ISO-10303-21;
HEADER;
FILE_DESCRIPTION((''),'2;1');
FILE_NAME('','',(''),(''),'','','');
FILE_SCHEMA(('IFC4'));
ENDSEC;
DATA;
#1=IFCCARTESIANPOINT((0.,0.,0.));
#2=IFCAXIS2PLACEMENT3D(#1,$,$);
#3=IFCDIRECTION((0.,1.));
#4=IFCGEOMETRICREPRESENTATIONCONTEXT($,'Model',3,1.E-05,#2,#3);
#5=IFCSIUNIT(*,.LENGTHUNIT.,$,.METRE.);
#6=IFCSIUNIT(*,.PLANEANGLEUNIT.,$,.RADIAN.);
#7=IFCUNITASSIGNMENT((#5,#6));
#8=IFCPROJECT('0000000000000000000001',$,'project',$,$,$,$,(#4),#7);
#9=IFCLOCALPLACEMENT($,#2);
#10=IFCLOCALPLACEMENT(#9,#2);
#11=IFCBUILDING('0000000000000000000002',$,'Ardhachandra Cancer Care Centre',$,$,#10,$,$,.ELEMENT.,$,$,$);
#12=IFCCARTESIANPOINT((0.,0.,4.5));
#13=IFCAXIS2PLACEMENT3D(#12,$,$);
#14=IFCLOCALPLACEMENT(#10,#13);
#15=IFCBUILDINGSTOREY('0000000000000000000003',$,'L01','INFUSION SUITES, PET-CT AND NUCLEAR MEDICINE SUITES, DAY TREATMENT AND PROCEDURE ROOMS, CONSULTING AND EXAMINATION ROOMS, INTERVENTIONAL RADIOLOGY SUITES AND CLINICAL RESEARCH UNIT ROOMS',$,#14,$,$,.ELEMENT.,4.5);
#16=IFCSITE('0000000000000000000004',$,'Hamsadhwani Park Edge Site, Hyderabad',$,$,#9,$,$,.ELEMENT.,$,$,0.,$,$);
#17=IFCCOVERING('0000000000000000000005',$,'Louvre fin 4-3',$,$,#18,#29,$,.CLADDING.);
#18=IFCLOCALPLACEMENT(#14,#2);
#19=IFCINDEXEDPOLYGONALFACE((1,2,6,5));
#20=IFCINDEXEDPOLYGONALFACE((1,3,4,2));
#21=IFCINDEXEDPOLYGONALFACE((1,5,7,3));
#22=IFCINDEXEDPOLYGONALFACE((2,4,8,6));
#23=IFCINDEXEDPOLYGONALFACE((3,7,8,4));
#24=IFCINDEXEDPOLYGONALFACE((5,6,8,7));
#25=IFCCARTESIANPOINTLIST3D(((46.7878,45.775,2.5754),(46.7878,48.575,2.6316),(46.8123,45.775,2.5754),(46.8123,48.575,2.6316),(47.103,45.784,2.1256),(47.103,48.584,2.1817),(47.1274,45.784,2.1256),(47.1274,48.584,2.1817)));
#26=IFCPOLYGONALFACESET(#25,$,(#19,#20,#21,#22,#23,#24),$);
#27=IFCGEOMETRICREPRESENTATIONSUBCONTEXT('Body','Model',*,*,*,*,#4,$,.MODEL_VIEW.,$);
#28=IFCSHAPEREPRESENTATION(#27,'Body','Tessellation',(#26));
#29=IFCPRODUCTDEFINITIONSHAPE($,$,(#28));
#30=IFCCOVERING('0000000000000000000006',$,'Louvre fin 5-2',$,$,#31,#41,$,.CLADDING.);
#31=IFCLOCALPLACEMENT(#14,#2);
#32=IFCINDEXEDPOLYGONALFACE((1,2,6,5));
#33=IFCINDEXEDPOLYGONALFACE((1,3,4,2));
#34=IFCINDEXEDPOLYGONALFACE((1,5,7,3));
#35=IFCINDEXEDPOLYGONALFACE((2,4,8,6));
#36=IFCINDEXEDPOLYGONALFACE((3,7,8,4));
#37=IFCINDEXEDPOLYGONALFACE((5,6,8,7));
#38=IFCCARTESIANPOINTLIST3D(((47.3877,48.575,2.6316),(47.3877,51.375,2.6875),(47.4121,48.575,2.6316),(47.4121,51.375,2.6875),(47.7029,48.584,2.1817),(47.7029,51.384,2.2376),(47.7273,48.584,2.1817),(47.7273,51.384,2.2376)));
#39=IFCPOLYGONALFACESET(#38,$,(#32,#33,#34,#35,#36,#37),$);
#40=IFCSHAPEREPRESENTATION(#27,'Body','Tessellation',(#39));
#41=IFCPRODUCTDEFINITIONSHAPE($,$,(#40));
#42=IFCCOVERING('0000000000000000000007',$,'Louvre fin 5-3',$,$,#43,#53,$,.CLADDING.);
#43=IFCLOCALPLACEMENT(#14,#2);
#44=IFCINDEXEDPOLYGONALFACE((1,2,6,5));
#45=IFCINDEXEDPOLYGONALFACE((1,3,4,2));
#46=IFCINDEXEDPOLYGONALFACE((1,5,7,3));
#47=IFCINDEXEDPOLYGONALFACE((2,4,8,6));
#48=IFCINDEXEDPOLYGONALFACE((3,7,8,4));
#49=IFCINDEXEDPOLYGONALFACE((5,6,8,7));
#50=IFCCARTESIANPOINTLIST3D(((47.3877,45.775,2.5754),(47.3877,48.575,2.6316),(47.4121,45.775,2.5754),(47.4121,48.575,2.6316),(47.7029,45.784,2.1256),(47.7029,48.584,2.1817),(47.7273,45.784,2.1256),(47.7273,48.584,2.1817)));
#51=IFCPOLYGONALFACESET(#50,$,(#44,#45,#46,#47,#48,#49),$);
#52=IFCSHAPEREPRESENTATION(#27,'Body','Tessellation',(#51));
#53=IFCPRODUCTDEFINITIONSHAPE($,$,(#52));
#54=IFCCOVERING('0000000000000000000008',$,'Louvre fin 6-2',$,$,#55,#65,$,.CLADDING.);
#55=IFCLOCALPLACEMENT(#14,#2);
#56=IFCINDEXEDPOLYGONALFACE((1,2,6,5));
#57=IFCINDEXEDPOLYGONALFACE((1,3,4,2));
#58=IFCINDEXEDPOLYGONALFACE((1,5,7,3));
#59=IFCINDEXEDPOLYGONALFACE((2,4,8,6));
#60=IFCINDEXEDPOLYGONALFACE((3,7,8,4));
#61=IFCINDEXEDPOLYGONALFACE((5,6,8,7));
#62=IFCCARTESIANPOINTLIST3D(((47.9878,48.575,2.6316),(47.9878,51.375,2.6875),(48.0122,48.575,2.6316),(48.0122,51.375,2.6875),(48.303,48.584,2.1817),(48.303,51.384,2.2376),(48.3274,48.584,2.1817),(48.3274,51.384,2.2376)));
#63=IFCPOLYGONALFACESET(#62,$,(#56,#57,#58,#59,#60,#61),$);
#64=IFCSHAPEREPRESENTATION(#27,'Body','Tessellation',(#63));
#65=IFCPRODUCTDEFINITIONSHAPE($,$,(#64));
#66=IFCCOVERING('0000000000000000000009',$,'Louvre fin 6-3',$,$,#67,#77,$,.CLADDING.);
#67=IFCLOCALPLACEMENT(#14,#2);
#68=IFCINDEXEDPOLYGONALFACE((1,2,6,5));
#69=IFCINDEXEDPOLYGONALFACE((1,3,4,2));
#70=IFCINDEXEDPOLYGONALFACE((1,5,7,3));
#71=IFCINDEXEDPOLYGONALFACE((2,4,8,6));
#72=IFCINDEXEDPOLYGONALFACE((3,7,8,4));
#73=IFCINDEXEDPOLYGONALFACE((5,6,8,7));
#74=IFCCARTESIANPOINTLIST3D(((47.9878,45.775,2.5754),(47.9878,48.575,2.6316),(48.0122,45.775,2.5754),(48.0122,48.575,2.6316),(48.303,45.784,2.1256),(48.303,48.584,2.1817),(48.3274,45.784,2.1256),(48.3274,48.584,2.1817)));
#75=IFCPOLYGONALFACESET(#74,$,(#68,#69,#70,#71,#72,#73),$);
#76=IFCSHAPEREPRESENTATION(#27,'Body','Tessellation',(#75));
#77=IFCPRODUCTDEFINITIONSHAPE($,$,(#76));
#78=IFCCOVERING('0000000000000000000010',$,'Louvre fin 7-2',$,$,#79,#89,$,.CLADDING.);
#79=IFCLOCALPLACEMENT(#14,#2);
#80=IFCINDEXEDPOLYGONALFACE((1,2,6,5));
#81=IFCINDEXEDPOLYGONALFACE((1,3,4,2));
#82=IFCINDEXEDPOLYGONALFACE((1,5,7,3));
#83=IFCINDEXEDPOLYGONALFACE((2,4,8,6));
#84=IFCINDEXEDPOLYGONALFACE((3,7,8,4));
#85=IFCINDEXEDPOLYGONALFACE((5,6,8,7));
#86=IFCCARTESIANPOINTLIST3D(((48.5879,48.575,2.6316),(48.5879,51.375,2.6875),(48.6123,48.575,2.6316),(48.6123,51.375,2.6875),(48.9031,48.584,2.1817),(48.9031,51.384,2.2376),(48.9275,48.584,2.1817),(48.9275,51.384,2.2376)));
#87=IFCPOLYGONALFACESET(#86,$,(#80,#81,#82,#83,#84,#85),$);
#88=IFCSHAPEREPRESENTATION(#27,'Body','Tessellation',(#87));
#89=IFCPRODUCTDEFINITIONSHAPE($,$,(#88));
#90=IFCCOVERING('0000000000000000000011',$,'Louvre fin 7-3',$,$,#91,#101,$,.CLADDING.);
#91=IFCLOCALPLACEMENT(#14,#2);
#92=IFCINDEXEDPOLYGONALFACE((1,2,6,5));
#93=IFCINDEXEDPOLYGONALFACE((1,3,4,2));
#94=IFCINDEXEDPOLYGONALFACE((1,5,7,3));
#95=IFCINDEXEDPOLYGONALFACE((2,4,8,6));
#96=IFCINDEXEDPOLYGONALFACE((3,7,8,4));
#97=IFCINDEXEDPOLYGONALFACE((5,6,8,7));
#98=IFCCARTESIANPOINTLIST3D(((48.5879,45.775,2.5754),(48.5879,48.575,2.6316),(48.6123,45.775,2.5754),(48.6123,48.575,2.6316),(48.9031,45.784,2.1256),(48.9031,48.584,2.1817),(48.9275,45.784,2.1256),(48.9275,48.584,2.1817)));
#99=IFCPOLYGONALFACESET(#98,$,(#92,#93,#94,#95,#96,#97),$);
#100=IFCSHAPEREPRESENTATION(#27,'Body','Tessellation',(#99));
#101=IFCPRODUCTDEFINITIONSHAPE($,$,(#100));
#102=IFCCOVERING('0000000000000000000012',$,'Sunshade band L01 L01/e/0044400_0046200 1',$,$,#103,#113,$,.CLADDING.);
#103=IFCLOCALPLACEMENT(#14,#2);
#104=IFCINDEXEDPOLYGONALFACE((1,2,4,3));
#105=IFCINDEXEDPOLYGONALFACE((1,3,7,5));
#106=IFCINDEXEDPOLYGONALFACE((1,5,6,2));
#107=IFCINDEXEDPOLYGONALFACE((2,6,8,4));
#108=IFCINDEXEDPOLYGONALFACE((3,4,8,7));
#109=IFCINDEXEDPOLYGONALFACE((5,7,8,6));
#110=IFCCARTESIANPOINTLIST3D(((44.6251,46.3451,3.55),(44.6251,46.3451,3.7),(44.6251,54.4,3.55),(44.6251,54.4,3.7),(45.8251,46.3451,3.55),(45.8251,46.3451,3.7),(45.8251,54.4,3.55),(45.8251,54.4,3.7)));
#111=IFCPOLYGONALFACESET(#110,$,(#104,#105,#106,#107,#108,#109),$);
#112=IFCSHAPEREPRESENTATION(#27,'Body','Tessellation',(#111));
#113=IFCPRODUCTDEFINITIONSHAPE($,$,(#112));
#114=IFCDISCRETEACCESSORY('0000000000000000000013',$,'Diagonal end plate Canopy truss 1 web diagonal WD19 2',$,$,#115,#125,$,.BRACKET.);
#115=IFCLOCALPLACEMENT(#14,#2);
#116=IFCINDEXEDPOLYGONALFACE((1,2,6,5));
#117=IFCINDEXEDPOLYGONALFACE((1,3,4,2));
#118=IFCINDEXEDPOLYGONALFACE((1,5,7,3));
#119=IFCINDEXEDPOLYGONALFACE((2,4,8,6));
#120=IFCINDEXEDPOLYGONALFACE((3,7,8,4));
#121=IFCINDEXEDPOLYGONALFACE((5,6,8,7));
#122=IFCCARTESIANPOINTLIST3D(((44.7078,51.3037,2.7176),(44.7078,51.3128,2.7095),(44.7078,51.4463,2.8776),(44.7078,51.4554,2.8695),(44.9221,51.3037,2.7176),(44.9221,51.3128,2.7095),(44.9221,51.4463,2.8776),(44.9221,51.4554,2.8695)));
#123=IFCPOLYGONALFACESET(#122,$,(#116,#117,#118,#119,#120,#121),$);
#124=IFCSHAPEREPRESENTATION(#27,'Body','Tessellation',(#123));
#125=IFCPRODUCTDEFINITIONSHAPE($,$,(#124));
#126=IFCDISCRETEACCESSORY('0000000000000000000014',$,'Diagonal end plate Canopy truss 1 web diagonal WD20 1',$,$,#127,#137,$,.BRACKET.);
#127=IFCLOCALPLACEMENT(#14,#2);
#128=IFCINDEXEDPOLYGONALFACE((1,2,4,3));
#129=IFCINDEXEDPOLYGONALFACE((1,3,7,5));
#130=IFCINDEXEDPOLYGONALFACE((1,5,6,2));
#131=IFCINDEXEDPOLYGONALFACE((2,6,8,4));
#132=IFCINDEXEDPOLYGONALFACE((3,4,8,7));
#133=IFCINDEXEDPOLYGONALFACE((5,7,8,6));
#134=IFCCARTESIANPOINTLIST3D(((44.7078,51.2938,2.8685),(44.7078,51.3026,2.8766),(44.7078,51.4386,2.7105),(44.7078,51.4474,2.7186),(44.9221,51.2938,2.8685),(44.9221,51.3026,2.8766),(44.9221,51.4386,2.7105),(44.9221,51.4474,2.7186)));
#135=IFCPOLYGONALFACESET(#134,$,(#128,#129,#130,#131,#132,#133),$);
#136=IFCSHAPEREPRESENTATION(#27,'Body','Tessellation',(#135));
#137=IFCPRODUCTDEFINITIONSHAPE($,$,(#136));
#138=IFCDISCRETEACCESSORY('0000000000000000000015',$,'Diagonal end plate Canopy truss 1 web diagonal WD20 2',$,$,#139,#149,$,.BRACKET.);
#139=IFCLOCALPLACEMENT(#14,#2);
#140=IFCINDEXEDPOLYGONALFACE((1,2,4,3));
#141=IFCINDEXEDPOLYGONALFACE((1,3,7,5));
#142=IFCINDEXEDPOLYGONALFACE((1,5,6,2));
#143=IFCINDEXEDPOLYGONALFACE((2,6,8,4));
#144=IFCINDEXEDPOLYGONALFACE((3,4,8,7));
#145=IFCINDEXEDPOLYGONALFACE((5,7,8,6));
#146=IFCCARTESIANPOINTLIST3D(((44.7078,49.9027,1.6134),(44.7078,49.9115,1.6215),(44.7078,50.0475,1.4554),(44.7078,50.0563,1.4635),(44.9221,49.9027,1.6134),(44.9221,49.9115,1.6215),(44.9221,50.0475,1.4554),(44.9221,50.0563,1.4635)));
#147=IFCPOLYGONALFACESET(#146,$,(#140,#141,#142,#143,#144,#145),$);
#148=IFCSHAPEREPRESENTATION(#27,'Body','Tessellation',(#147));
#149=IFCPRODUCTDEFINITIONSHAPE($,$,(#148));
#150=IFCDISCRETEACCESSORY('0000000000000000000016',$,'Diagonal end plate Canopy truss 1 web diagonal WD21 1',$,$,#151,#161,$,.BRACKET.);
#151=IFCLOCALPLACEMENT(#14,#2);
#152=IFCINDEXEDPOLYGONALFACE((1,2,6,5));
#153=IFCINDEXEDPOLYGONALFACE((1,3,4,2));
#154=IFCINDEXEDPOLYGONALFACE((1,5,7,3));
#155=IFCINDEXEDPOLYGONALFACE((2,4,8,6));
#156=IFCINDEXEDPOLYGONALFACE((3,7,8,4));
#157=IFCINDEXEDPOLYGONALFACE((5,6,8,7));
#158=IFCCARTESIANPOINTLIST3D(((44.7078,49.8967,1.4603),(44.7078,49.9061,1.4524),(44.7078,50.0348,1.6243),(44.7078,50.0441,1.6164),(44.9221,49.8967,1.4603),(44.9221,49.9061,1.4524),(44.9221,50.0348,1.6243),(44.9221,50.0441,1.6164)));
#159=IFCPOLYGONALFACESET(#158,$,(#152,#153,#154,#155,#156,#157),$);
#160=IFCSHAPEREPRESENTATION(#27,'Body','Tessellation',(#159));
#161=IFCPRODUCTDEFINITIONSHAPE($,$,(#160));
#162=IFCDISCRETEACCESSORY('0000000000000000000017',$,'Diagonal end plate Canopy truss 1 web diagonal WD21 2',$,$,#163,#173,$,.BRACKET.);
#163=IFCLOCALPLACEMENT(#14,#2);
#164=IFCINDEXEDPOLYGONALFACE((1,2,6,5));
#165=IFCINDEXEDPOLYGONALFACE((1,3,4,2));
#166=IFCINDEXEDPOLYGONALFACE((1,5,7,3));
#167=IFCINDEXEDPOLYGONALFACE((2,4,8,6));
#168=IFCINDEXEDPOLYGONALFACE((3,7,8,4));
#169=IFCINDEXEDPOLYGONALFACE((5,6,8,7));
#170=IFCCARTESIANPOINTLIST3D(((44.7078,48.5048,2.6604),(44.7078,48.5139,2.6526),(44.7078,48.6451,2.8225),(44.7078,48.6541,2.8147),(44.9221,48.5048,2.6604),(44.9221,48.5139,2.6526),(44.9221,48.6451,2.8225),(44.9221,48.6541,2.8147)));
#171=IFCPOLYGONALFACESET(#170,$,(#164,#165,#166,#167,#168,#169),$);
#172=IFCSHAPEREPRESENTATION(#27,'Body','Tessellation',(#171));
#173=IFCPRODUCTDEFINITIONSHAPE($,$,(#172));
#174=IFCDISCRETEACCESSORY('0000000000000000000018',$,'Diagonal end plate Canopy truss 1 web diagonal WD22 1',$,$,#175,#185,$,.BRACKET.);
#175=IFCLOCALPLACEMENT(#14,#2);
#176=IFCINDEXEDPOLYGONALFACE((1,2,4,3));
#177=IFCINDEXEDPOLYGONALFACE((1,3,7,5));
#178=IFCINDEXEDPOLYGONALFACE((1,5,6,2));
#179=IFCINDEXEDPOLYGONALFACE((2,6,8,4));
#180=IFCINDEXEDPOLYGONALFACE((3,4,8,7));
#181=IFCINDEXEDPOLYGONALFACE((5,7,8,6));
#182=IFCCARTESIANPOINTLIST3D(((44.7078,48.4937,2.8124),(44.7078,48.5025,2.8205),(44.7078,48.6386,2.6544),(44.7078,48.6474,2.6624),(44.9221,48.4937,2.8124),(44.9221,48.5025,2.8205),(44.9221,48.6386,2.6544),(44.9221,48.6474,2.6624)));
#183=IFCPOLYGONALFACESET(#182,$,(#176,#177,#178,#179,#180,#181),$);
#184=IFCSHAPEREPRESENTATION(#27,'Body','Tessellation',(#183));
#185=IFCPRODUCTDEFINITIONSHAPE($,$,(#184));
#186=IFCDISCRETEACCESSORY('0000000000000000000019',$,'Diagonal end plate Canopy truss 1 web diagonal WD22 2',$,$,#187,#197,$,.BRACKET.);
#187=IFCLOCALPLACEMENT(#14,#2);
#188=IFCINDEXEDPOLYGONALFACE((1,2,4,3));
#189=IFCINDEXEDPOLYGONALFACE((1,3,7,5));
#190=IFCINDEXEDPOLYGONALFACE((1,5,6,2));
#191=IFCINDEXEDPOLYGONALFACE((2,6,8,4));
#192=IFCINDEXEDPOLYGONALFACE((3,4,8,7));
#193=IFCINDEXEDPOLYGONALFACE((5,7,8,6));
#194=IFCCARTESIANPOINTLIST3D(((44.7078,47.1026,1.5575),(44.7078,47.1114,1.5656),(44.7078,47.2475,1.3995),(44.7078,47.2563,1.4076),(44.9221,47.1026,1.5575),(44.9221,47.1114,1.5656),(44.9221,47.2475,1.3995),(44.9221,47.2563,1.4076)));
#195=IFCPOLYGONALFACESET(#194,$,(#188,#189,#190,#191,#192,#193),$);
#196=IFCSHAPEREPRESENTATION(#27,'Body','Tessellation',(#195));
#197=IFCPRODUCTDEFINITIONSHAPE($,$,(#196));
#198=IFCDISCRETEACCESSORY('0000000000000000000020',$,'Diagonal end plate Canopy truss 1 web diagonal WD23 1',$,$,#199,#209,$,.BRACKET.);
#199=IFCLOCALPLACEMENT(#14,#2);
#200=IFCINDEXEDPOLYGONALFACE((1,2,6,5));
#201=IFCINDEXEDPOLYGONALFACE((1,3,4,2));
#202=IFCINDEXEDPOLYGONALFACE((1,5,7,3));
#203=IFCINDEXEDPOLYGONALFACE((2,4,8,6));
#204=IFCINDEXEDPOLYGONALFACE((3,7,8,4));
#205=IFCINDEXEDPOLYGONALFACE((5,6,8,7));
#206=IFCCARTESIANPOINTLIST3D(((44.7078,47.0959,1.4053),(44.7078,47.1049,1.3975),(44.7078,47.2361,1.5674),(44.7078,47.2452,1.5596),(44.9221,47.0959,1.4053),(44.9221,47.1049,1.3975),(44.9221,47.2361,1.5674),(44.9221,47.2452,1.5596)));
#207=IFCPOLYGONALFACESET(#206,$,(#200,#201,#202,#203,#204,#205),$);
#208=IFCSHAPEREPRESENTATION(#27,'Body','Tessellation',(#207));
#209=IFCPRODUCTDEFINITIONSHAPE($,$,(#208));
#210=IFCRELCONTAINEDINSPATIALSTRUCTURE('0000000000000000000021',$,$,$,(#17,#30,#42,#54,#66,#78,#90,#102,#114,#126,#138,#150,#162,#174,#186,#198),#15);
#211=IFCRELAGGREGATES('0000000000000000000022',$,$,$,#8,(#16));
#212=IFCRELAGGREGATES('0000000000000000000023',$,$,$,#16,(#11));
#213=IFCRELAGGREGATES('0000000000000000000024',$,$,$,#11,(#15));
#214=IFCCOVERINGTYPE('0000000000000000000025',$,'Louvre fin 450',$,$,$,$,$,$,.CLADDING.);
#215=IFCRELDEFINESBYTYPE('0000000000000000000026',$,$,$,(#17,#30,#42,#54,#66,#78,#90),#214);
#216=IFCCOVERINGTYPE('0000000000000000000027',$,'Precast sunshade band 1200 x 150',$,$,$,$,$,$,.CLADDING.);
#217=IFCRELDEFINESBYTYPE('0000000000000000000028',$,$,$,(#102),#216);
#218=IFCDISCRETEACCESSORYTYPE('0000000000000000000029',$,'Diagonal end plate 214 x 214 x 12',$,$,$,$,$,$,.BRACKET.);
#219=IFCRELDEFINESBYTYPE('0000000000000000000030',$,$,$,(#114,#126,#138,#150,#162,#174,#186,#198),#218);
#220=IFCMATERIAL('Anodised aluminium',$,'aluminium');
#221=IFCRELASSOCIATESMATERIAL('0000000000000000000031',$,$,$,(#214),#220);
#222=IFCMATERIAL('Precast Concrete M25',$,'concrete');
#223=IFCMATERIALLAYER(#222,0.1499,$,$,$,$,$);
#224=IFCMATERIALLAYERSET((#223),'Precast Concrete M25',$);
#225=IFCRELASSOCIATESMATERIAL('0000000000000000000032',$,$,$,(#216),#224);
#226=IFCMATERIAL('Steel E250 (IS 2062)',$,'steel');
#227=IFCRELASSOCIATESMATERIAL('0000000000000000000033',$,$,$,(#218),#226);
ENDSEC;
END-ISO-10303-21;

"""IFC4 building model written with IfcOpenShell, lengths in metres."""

from ifc_helpers import new_model, si_unit, direction, frame, origin, origin_2d, place, context, subcontext, project, spatial, polyline, rectangle, outline, extrude, material, layer, layer_set, material_profile, profile_set, type_object, element, save


model = new_model("IFC4")

# Units and contexts
model_context = context("Model", 3, precision=1e-05, world=origin(), true_north=direction((0.0, 1.0)))
body_context = subcontext(model_context, "Body", "Model", "MODEL_VIEW")
ifc_project = project(units=[si_unit("LENGTHUNIT", "METRE"), si_unit("PLANEANGLEUNIT", "RADIAN")], contexts=[model_context])

# Site, building, storey
site_placement = place(None, origin())
site = spatial("IfcSite", under=ifc_project, at=site_placement, Name="Hamsadhwani Park Edge Site, Hyderabad", CompositionType="ELEMENT", RefElevation=0.0)
building_placement = place(site_placement, origin())
building = spatial("IfcBuilding", under=site, at=building_placement, Name="Ardhachandra Cancer Care Centre", CompositionType="ELEMENT")
storey_placement = place(building_placement, frame((0.0, 0.0, 4.5)))
storey = spatial("IfcBuildingStorey", under=building, at=storey_placement, Name="L01", Description="INFUSION SUITES, PET-CT AND NUCLEAR MEDICINE SUITES, DAY TREATMENT AND PROCEDURE ROOMS, CONSULTING AND EXAMINATION ROOMS, INTERVENTIONAL RADIOLOGY SUITES AND CLINICAL RESEARCH UNIT ROOMS", CompositionType="ELEMENT", Elevation=4.5)

# Coverings
ifc_material_1 = material(Name="Anodised aluminium", Category="aluminium")
ifc_material_profile_1 = material_profile(ifc_material_1, outline(polyline([(-0.0122, 0.0), (0.0122, 0.0), (0.3274, -0.45), (0.303, -0.45), (-0.0122, 0.0)])), Name="Louvre fin 450")
ifc_profile_set_1 = profile_set([ifc_material_profile_1], Name="Anodised aluminium")
covering_type_1 = type_object("IfcCoveringType", Name="Louvre fin 450", PredefinedType="CLADDING", material=ifc_profile_set_1)
for number, where, z_axis, x_axis, name in (
    (1, (46.8, 48.575, 2.6316), (0.0, -0.999799, -0.02005), (1.0, 0.0, 0.0), "Louvre fin 4-3"),
    (2, (47.3999, 51.375, 2.6875), (0.0, -0.999801, -0.019963), (1.0, 0.0, 0.0), "Louvre fin 5-2"),
    (3, (47.3999, 48.575, 2.6316), (0.0, -0.999799, -0.02005), (1.0, 0.0, 0.0), "Louvre fin 5-3"),
    (4, (48.0, 51.375, 2.6875), (0.0, -0.999801, -0.019963), (1.0, 0.0, 0.0), "Louvre fin 6-2"),
    (5, (48.0, 48.575, 2.6316), (0.0, -0.999799, -0.02005), (1.0, 0.0, 0.0), "Louvre fin 6-3"),
    (6, (48.6001, 51.375, 2.6875), (0.0, -0.999801, -0.019963), (1.0, 0.0, 0.0), "Louvre fin 7-2"),
    (7, (48.6001, 48.575, 2.6316), (0.0, -0.999799, -0.02005), (1.0, 0.0, 0.0), "Louvre fin 7-3"),
):
    element("IfcCovering", number, at=place(storey_placement, frame(where, z_axis=z_axis, x_axis=x_axis)), inside=storey, type_object=covering_type_1, Name=name, PredefinedType="CLADDING", context=body_context, shape_type="SweptSolid", body=[
        extrude(outline(polyline([(-0.0122, 0.0), (0.0122, 0.0), (0.3274, -0.45), (0.303, -0.45), (-0.0122, 0.0)])), origin(), (0.0, 0.0, 1.0), 2.8005),
    ])
ifc_material_2 = material(Name="Precast Concrete M25", Category="concrete")
ifc_layer_1 = layer(ifc_material_2, 0.1499)
ifc_layer_set_1 = layer_set([ifc_layer_1], Name="Precast Concrete M25")
covering_type_2 = type_object("IfcCoveringType", Name="Precast sunshade band 1200 x 150", PredefinedType="CLADDING", material=ifc_layer_set_1)
covering_placement = place(storey_placement, frame((45.2251, 50.3726, 3.55), z_axis=(0.0, 0.0, 1.0), x_axis=(0.0, 1.0, 0.0)))
element("IfcCovering", 8, at=covering_placement, inside=storey, type_object=covering_type_2, Name="Sunshade band L01 L01/e/0044400_0046200 1", PredefinedType="CLADDING", context=body_context, shape_type="SweptSolid", body=[
    extrude(rectangle(XDim=8.0549, YDim=1.2, at=origin_2d()), origin(), (0.0, 0.0, 1.0), 0.1499),
])

# Discrete accessories
ifc_material_3 = material(Name="Steel E250 (IS 2062)", Category="steel")
ifc_material_profile_2 = material_profile(ifc_material_3, rectangle(XDim=0.2144, YDim=0.2144, at=origin_2d()), Name="PL 214x214x12")
ifc_profile_set_2 = profile_set([ifc_material_profile_2], Name="Steel E250 (IS 2062)")
discrete_accessory_type = type_object("IfcDiscreteAccessoryType", Name="Diagonal end plate 214 x 214 x 12", PredefinedType="BRACKET", material=ifc_profile_set_2)
discrete_accessory_1_placement = place(storey_placement, frame((44.8149, 51.375, 2.7976), z_axis=(0.0, 0.746295, -0.665615), x_axis=(-1.0, 0.0, 0.0)))
element("IfcDiscreteAccessory", 9, at=discrete_accessory_1_placement, inside=storey, type_object=discrete_accessory_type, Name="Diagonal end plate Canopy truss 1 web diagonal WD19 2", PredefinedType="BRACKET", context=body_context, shape_type="SweptSolid", body=[
    extrude(rectangle(XDim=0.2144, YDim=0.2144, at=origin_2d()), origin(), (0.0, 0.0, 1.0), 0.0122),
])
for number, where, z_axis, x_axis, name in (
    (10, (44.8149, 51.375, 2.7976), (0.0, -0.737154, -0.675725), (1.0, 0.0, 0.0), "Diagonal end plate Canopy truss 1 web diagonal WD20 1"),
    (11, (44.8149, 49.9751, 1.5344), (0.0, 0.737154, 0.675725), (-1.0, 0.0, 0.0), "Diagonal end plate Canopy truss 1 web diagonal WD20 2"),
):
    element("IfcDiscreteAccessory", number, at=place(storey_placement, frame(where, z_axis=z_axis, x_axis=x_axis)), inside=storey, type_object=discrete_accessory_type, Name=name, PredefinedType="BRACKET", context=body_context, shape_type="SweptSolid", body=[
        extrude(rectangle(XDim=0.2144, YDim=0.2144, at=origin_2d()), origin(), (0.0, 0.0, 1.0), 0.012),
    ])
discrete_accessory_2_placement = place(storey_placement, frame((44.8149, 49.9751, 1.5344), z_axis=(0.0, -0.764911, 0.644136), x_axis=(1.0, 0.0, 0.0)))
element("IfcDiscreteAccessory", 12, at=discrete_accessory_2_placement, inside=storey, type_object=discrete_accessory_type, Name="Diagonal end plate Canopy truss 1 web diagonal WD21 1", PredefinedType="BRACKET", context=body_context, shape_type="SweptSolid", body=[
    extrude(rectangle(XDim=0.2144, YDim=0.2144, at=origin_2d()), origin(), (0.0, 0.0, 1.0), 0.0122),
])
for number, where, z_axis, x_axis, name in (
    (13, (44.8149, 48.575, 2.7415), (0.0, 0.756363, -0.654152), (-1.0, 0.0, 0.0), "Diagonal end plate Canopy truss 1 web diagonal WD21 2"),
    (14, (44.8149, 48.575, 2.7415), (0.0, -0.737154, -0.675725), (1.0, 0.0, 0.0), "Diagonal end plate Canopy truss 1 web diagonal WD22 1"),
    (15, (44.8149, 47.175, 1.4785), (0.0, 0.737154, 0.675725), (-1.0, 0.0, 0.0), "Diagonal end plate Canopy truss 1 web diagonal WD22 2"),
    (16, (44.8149, 47.175, 1.4785), (0.0, -0.756363, 0.654152), (1.0, 0.0, 0.0), "Diagonal end plate Canopy truss 1 web diagonal WD23 1"),
):
    element("IfcDiscreteAccessory", number, at=place(storey_placement, frame(where, z_axis=z_axis, x_axis=x_axis)), inside=storey, type_object=discrete_accessory_type, Name=name, PredefinedType="BRACKET", context=body_context, shape_type="SweptSolid", body=[
        extrude(rectangle(XDim=0.2144, YDim=0.2144, at=origin_2d()), origin(), (0.0, 0.0, 1.0), 0.012),
    ])

save(model, "model.ifc")
